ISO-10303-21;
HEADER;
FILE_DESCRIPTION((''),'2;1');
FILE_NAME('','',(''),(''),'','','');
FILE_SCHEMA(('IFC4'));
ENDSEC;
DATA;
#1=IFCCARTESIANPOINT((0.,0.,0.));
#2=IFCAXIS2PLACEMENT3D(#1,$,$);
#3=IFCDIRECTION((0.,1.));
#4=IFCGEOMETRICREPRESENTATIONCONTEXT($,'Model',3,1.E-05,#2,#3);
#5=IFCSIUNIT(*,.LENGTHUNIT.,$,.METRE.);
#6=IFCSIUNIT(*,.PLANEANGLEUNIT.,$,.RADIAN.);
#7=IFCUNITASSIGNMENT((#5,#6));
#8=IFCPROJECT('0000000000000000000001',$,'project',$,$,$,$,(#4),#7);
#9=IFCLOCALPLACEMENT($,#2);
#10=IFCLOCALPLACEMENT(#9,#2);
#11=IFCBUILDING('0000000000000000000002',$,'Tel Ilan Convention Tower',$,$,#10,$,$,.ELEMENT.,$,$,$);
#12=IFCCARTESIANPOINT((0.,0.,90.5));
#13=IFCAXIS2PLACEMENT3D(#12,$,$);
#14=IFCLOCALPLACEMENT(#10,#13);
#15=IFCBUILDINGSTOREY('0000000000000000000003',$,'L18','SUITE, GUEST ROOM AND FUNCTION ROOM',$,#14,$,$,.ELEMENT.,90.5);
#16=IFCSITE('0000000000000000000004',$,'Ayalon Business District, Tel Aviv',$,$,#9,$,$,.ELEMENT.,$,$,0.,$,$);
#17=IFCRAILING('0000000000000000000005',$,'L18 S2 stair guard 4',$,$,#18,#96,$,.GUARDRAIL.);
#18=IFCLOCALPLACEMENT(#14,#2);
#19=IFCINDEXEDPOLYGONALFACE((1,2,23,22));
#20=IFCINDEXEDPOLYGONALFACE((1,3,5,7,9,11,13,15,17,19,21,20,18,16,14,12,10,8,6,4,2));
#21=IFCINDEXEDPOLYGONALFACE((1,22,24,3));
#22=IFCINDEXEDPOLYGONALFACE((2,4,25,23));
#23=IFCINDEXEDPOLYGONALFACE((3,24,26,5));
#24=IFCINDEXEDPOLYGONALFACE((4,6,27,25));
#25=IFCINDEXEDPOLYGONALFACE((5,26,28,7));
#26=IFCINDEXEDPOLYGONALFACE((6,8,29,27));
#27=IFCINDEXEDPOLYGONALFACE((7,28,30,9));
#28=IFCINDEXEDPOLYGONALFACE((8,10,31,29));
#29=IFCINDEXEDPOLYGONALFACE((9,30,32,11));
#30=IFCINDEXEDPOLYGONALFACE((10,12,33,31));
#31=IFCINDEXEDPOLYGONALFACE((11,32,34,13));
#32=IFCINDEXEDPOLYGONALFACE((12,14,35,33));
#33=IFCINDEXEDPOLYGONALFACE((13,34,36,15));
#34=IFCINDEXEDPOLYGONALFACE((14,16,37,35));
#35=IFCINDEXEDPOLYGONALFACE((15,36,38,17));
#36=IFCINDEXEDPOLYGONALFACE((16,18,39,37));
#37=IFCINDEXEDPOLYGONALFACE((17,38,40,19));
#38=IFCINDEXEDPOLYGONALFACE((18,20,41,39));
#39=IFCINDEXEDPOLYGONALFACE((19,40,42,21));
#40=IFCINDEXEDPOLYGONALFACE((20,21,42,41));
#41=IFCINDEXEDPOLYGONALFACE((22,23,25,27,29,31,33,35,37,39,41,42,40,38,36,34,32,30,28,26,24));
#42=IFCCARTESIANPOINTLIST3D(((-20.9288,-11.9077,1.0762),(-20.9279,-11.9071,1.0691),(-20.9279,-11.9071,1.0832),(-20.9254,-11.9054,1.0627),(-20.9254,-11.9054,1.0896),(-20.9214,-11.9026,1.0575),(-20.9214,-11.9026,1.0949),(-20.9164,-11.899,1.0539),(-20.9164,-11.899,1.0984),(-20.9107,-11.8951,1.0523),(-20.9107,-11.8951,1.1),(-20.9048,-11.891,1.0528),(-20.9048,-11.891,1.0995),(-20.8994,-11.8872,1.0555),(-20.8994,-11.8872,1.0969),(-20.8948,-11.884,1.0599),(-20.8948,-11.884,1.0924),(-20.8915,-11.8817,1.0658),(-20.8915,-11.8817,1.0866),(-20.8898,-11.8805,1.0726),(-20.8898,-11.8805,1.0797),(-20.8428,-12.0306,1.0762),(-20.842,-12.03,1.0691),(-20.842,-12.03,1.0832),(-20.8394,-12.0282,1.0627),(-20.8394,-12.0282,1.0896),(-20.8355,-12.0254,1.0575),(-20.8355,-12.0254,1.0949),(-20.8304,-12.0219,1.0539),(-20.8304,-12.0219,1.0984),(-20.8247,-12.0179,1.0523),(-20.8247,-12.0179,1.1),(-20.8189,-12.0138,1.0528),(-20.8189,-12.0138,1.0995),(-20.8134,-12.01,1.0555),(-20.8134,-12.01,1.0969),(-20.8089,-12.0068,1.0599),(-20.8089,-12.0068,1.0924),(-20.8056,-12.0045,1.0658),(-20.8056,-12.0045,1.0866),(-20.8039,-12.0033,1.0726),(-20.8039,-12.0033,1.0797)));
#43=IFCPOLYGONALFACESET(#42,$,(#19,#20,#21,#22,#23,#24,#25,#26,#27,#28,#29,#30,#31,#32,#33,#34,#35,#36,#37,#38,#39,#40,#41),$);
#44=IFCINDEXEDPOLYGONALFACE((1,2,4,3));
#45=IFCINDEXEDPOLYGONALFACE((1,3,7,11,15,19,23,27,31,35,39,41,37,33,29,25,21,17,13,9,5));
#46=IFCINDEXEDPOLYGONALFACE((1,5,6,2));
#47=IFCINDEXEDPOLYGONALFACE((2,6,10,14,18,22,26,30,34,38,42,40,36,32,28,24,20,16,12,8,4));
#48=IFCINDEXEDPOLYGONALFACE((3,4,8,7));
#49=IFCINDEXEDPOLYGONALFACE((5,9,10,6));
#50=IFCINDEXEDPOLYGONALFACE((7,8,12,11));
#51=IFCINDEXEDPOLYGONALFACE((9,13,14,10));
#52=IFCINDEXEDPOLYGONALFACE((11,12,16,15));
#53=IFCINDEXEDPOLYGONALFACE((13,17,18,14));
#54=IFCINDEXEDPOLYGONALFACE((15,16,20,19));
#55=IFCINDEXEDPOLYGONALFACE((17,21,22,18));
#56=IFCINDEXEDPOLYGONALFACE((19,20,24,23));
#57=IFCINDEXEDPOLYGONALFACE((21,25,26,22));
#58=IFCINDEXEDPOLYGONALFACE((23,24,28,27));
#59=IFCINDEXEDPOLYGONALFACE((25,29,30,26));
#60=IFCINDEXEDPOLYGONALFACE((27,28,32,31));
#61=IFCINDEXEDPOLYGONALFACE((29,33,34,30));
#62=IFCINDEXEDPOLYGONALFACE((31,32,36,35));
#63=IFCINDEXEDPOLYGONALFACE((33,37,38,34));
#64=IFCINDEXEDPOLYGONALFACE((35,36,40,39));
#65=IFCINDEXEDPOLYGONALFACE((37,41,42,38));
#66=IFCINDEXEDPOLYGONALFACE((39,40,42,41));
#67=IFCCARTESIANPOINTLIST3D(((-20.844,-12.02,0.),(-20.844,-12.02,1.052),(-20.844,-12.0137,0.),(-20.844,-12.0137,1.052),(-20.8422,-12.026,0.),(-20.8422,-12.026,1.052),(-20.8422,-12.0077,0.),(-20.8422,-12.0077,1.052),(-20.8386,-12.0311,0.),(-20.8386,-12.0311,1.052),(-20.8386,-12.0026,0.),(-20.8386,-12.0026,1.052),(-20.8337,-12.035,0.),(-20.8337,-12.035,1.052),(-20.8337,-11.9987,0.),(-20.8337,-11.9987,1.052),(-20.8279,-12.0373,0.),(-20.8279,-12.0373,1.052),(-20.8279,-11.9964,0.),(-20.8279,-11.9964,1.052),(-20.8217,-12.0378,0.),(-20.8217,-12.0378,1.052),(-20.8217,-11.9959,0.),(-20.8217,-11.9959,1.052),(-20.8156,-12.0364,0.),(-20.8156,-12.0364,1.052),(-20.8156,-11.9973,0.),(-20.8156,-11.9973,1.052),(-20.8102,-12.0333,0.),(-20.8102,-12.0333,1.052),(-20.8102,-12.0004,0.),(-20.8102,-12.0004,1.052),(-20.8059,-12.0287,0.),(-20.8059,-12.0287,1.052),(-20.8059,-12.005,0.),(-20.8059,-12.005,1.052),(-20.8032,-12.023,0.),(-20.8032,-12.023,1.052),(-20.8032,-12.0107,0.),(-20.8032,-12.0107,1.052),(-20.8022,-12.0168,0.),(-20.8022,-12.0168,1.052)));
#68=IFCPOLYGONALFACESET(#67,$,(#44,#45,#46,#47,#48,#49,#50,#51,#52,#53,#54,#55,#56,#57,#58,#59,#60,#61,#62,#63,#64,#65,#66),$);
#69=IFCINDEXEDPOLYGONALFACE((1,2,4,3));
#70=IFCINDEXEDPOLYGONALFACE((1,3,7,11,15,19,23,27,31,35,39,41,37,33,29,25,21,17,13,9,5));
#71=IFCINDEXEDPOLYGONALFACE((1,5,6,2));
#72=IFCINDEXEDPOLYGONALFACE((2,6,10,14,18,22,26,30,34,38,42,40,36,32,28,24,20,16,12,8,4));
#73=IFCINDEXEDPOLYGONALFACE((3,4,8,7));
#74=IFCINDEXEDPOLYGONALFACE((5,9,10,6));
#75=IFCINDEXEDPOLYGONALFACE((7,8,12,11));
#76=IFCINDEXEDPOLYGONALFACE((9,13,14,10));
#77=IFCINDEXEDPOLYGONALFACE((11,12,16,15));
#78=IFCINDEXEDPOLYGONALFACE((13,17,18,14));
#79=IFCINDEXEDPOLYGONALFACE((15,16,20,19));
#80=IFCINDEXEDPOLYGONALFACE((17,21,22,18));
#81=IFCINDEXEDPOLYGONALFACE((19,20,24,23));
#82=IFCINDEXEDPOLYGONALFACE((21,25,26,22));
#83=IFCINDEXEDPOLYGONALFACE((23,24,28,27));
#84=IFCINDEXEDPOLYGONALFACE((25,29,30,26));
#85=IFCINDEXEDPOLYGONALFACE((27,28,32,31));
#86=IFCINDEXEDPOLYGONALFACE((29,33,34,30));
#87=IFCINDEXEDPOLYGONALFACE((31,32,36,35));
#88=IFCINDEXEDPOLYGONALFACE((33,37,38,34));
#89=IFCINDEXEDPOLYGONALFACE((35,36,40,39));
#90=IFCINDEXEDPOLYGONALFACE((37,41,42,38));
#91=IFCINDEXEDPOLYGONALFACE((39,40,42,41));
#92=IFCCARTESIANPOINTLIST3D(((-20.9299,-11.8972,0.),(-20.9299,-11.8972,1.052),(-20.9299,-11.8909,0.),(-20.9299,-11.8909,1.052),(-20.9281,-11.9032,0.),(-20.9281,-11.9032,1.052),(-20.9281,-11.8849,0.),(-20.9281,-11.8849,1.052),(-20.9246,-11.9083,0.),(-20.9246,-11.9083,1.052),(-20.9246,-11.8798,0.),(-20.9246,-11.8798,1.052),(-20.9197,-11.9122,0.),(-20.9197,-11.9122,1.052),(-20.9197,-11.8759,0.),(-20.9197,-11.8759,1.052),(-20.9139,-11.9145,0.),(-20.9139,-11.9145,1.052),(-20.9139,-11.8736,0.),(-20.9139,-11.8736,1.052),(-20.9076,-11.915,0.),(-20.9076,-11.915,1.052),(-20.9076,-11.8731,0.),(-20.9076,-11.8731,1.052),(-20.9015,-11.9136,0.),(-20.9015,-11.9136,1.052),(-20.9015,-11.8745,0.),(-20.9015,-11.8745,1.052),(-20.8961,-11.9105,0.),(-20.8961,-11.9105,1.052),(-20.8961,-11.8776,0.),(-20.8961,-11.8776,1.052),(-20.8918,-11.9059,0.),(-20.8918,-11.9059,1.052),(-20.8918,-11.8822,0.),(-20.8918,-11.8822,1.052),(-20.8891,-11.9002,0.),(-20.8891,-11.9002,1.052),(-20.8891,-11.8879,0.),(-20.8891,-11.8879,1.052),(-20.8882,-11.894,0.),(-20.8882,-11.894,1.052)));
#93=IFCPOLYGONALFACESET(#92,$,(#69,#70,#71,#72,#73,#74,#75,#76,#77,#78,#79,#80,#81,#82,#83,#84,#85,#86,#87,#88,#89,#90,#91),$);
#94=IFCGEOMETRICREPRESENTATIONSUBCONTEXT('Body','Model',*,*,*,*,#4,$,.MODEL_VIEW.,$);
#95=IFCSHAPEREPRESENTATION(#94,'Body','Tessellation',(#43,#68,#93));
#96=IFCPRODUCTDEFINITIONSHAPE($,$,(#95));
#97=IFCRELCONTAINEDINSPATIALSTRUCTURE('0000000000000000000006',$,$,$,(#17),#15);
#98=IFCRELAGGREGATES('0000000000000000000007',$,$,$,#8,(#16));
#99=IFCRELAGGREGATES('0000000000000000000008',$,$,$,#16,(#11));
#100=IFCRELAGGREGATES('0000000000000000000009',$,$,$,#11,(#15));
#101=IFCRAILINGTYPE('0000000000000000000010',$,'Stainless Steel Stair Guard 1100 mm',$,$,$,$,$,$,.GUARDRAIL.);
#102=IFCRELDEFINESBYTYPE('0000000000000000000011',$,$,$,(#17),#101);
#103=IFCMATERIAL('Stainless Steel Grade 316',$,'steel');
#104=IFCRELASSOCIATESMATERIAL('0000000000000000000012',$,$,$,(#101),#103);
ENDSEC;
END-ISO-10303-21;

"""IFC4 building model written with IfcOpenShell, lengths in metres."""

from ifc_helpers import new_model, si_unit, direction, frame, origin, origin_2d, place, context, subcontext, project, spatial, circle, extrude, material, type_object, element, save


model = new_model("IFC4")

# Units and contexts
model_context = context("Model", 3, precision=1e-05, world=origin(), true_north=direction((0.0, 1.0)))
body_context = subcontext(model_context, "Body", "Model", "MODEL_VIEW")
ifc_project = project(units=[si_unit("LENGTHUNIT", "METRE"), si_unit("PLANEANGLEUNIT", "RADIAN")], contexts=[model_context])

# Site, building, storey
site_placement = place(None, origin())
site = spatial("IfcSite", under=ifc_project, at=site_placement, Name="Ayalon Business District, Tel Aviv", CompositionType="ELEMENT", RefElevation=0.0)
building_placement = place(site_placement, origin())
building = spatial("IfcBuilding", under=site, at=building_placement, Name="Tel Ilan Convention Tower", CompositionType="ELEMENT")
storey_placement = place(building_placement, frame((0.0, 0.0, 90.5)))
storey = spatial("IfcBuildingStorey", under=building, at=storey_placement, Name="L18", Description="SUITE, GUEST ROOM AND FUNCTION ROOM", CompositionType="ELEMENT", Elevation=90.5)

# Railing
ifc_material_1 = material(Name="Stainless Steel Grade 316", Category="steel")
railing_type_1 = type_object("IfcRailingType", Name="Stainless Steel Stair Guard 1100 mm", PredefinedType="GUARDRAIL", material=ifc_material_1)
railing_1_placement = place(storey_placement, frame((-20.8232, -12.0168, 0.0)))
element("IfcRailing", 1, at=railing_1_placement, inside=storey, type_object=railing_type_1, Name="L18 S2 stair guard 4", PredefinedType="GUARDRAIL", context=body_context, shape_type="SweptSolid", body=[
    extrude(circle(Radius=0.0239, at=origin_2d()), frame((0.0, 0.0, 1.0762), z_axis=(-0.573353, 0.819308, 0.0), x_axis=(-0.819308, -0.573353, 0.0)), (0.0, 0.0, 1.0), 0.1499),
    extrude(circle(Radius=0.021, at=origin_2d()), origin(), (0.0, 0.0, 1.0), 1.052),
    extrude(circle(Radius=0.021, at=origin_2d()), frame((-0.0859, 0.1228, 0.0)), (0.0, 0.0, 1.0), 1.052),
])

save(model, "model.ifc")
